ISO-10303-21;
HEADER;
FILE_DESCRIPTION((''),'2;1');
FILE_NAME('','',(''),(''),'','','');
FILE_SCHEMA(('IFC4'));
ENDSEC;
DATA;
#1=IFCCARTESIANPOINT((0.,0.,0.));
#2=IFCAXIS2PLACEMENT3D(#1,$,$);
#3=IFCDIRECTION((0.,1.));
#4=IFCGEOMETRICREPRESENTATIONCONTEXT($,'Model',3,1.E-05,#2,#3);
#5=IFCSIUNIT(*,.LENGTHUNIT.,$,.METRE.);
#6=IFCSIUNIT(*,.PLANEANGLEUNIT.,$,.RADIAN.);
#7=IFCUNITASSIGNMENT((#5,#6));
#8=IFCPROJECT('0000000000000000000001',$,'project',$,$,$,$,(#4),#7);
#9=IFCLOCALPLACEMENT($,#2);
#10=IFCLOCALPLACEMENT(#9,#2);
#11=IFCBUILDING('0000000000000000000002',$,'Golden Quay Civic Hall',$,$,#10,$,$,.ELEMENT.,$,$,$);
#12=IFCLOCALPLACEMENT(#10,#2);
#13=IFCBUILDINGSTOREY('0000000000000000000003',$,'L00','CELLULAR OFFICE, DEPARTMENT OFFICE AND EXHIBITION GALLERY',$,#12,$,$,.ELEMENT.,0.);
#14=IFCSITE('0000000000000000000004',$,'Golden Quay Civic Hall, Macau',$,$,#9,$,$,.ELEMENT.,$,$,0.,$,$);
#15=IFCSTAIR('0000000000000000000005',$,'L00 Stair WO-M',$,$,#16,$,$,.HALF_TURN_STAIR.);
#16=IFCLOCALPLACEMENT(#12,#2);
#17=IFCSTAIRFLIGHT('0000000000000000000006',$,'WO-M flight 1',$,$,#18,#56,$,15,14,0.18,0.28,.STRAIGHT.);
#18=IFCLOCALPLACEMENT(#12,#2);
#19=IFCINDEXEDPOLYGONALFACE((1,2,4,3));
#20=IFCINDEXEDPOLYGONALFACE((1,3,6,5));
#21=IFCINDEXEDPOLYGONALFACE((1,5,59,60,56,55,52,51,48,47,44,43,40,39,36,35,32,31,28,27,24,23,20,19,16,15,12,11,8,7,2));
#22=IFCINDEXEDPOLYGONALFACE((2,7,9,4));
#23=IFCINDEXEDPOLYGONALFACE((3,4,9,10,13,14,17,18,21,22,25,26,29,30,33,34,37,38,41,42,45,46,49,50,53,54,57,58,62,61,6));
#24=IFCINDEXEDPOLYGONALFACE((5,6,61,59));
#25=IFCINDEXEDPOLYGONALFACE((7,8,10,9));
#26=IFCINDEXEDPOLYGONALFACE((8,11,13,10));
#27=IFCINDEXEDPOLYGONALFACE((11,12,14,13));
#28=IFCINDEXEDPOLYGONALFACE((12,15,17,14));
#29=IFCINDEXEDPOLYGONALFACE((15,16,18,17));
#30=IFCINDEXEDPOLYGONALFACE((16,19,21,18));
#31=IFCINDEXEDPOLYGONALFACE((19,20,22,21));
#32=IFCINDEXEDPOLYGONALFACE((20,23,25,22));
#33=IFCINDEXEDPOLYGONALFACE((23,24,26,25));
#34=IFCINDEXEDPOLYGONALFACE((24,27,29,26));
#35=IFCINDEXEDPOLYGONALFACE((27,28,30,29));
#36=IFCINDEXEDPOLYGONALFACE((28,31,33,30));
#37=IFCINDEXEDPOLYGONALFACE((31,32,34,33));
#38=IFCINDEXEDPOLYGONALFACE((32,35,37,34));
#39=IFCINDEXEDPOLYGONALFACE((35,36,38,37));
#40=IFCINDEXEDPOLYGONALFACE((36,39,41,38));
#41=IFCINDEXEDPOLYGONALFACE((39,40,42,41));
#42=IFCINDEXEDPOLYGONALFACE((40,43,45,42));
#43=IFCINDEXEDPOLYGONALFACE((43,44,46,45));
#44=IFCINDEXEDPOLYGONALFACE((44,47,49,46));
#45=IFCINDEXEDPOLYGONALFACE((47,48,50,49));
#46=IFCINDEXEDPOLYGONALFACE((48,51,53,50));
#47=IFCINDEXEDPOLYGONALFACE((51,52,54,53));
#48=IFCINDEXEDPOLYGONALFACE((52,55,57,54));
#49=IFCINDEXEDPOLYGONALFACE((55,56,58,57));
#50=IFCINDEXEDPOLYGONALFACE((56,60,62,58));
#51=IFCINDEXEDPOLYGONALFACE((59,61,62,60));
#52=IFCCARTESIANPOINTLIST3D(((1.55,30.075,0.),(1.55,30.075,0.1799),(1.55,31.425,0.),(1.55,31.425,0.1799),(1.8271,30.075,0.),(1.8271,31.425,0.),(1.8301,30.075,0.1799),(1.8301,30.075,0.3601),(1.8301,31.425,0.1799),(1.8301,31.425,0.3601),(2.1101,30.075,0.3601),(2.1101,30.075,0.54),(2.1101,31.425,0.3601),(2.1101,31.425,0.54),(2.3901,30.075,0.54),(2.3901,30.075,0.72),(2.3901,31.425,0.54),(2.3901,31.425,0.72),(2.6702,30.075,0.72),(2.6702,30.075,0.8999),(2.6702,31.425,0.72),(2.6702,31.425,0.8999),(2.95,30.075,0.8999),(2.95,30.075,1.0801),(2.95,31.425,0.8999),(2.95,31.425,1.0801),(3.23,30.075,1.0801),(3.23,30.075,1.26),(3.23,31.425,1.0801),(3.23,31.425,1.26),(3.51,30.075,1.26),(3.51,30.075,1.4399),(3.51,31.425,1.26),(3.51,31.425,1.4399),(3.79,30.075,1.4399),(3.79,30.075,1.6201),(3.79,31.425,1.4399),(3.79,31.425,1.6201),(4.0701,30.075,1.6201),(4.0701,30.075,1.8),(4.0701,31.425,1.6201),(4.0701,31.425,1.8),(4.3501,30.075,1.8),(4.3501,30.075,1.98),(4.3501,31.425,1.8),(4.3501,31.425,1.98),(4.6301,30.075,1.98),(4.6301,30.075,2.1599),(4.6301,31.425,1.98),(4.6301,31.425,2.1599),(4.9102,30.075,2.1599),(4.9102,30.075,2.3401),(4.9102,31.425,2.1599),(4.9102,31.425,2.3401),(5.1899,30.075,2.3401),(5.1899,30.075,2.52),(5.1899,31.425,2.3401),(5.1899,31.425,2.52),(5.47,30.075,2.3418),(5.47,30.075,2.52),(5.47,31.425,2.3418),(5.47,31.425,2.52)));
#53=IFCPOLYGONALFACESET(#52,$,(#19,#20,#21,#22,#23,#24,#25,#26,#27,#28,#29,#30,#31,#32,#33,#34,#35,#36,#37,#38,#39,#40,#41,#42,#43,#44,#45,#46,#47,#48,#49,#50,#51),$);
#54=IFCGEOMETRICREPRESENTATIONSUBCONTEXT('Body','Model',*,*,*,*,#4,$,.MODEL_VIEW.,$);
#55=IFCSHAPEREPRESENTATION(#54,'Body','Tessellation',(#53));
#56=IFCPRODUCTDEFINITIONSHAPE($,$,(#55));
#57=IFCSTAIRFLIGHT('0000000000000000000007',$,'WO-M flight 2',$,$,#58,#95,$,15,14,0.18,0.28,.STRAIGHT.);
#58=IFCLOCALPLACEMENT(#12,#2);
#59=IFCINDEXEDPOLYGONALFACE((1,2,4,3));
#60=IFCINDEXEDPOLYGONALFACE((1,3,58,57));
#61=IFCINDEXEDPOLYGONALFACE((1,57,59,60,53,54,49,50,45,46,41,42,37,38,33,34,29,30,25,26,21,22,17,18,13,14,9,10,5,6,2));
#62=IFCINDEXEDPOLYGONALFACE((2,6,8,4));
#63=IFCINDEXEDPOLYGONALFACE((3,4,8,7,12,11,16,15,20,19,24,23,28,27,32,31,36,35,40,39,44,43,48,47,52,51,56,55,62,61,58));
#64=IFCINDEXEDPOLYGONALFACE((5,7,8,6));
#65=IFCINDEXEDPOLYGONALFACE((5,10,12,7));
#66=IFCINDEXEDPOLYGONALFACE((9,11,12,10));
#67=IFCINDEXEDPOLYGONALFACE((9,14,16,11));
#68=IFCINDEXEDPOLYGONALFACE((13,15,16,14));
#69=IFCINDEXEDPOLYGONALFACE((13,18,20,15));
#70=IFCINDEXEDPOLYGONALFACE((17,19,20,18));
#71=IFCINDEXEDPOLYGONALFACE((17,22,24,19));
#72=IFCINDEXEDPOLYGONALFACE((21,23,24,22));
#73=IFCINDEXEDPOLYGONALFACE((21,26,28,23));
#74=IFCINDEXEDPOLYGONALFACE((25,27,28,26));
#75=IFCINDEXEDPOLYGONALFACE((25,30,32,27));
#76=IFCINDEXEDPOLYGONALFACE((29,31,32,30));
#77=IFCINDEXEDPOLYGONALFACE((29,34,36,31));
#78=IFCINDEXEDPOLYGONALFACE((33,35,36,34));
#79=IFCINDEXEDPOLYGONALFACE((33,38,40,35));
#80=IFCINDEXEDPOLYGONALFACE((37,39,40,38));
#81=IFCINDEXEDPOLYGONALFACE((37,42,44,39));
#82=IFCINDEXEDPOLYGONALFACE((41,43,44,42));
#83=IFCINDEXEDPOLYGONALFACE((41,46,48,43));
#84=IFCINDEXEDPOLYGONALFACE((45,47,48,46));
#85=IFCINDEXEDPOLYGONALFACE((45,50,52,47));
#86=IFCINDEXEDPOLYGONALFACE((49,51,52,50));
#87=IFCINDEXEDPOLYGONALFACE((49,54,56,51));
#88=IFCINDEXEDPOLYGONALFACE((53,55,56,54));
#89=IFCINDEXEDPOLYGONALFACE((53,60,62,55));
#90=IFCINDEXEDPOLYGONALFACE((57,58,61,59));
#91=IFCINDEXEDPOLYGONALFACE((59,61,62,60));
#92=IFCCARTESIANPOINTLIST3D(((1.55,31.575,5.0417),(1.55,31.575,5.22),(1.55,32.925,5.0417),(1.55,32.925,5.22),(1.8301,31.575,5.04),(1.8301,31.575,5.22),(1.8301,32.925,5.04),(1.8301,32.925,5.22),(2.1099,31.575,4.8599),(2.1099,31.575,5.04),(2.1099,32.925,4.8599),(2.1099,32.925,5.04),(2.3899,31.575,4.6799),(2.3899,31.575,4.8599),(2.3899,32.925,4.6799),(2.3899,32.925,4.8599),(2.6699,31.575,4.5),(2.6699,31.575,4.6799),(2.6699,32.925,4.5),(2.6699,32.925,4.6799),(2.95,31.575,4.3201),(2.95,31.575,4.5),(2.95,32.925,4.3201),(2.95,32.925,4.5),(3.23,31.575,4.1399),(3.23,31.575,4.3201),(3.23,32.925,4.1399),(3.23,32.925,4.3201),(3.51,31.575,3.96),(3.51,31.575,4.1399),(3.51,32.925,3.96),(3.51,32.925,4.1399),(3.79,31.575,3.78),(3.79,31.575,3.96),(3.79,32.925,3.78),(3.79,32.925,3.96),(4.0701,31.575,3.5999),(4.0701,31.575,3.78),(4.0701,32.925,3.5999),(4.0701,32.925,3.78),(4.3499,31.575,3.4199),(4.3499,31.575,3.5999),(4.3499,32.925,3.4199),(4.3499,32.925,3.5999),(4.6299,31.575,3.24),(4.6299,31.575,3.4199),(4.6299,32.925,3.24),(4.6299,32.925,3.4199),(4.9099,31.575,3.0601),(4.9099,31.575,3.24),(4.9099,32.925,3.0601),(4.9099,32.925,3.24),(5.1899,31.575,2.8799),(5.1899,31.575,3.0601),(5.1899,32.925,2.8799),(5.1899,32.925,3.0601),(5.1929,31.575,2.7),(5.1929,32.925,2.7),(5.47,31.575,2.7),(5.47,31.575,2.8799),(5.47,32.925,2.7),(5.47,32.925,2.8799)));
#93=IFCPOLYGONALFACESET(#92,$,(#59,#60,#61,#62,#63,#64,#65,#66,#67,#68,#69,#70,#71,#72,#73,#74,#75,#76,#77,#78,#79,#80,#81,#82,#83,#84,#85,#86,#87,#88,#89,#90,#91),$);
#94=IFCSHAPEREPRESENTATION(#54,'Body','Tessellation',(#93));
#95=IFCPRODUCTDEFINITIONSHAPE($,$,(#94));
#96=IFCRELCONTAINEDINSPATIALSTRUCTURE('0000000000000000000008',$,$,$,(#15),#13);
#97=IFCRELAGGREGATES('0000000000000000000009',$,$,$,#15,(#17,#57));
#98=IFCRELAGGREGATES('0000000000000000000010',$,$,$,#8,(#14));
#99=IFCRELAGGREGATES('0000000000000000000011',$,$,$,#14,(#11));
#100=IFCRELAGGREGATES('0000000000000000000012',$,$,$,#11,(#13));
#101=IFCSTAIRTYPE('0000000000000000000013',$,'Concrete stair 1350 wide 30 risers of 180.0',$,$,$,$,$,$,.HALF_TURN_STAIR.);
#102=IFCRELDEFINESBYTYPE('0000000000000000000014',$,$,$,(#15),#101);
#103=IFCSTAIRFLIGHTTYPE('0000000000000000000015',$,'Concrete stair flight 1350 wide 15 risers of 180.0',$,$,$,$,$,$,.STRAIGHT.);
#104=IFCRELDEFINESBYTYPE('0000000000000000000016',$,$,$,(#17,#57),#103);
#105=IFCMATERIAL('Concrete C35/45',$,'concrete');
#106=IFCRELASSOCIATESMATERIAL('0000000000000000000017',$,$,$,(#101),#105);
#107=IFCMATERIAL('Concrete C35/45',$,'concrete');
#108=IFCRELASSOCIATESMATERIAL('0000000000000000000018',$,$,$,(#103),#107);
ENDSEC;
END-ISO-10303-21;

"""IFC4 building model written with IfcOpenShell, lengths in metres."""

from ifc_helpers import new_model, si_unit, direction, frame, origin, place, context, subcontext, project, spatial, polyline, outline, extrude, material, type_object, element, aggregate, save


model = new_model("IFC4")

# Units and contexts
model_context = context("Model", 3, precision=1e-05, world=origin(), true_north=direction((0.0, 1.0)))
body_context = subcontext(model_context, "Body", "Model", "MODEL_VIEW")
ifc_project = project(units=[si_unit("LENGTHUNIT", "METRE"), si_unit("PLANEANGLEUNIT", "RADIAN")], contexts=[model_context])

# Site, building, storey
site_placement = place(None, origin())
site = spatial("IfcSite", under=ifc_project, at=site_placement, Name="Golden Quay Civic Hall, Macau", CompositionType="ELEMENT", RefElevation=0.0)
building_placement = place(site_placement, origin())
building = spatial("IfcBuilding", under=site, at=building_placement, Name="Golden Quay Civic Hall", CompositionType="ELEMENT")
storey_placement = place(building_placement, origin())
storey = spatial("IfcBuildingStorey", under=building, at=storey_placement, Name="L00", Description="CELLULAR OFFICE, DEPARTMENT OFFICE AND EXHIBITION GALLERY", CompositionType="ELEMENT", Elevation=0.0)

# Stair, stair flights
ifc_material_1 = material(Name="Concrete C35/45", Category="concrete")
stair_type = type_object("IfcStairType", Name="Concrete stair 1350 wide 30 risers of 180.0", PredefinedType="HALF_TURN_STAIR", material=ifc_material_1)
stair_placement = place(storey_placement, origin())
stair = element("IfcStair", 1, at=stair_placement, inside=storey, type_object=stair_type, Name="L00 Stair WO-M", PredefinedType="HALF_TURN_STAIR")
ifc_material_2 = material(Name="Concrete C35/45", Category="concrete")
stair_flight_type = type_object("IfcStairFlightType", Name="Concrete stair flight 1350 wide 15 risers of 180.0", PredefinedType="STRAIGHT", material=ifc_material_2)
stair_flight_1_placement = place(storey_placement, frame((1.55, 30.75, 0.0), z_axis=(0.0, 0.0, 1.0), x_axis=(1.0, 0.0, 0.0)))
stair_flight_1 = element("IfcStairFlight", 2, at=stair_flight_1_placement, type_object=stair_flight_type, Name="WO-M flight 1", NumberOfRisers=15, NumberOfTreads=14, PredefinedType="STRAIGHT", RiserHeight=0.18, TreadLength=0.28, context=body_context, shape_type="SweptSolid", body=[
    extrude(outline(polyline([(0.0, 0.0), (0.0, 0.1799), (0.28, 0.1799), (0.28, 0.3601), (0.5601, 0.3601), (0.5601, 0.54), (0.8401, 0.54), (0.8401, 0.72), (1.1201, 0.72), (1.1201, 0.8999), (1.3999, 0.8999), (1.3999, 1.0801), (1.6799, 1.0801), (1.6799, 1.26), (1.96, 1.26), (1.96, 1.4399), (2.24, 1.4399), (2.24, 1.6201), (2.52, 1.6201), (2.52, 1.8), (2.8, 1.8), (2.8, 1.98), (3.0801, 1.98), (3.0801, 2.1599), (3.3601, 2.1599), (3.3601, 2.3401), (3.6399, 2.3401), (3.6399, 2.52), (3.9199, 2.52), (3.9199, 2.7), (3.9199, 2.3418), (0.2771, 0.0), (0.0, 0.0)])), frame((0.0, 0.675, 0.0), z_axis=(0.0, -1.0, 0.0), x_axis=(1.0, 0.0, 0.0)), (0.0, 0.0, 1.0), 1.35),
])
stair_flight_2_placement = place(storey_placement, frame((5.47, 32.25, 2.7), z_axis=(0.0, 0.0, 1.0), x_axis=(-1.0, 0.0, 0.0)))
stair_flight_2 = element("IfcStairFlight", 3, at=stair_flight_2_placement, type_object=stair_flight_type, Name="WO-M flight 2", NumberOfRisers=15, NumberOfTreads=14, PredefinedType="STRAIGHT", RiserHeight=0.18, TreadLength=0.28, context=body_context, shape_type="SweptSolid", body=[
    extrude(outline(polyline([(0.0, 0.0), (0.0, 0.1799), (0.28, 0.1799), (0.28, 0.3601), (0.5601, 0.3601), (0.5601, 0.54), (0.8401, 0.54), (0.8401, 0.72), (1.1201, 0.72), (1.1201, 0.8999), (1.3999, 0.8999), (1.3999, 1.0801), (1.6799, 1.0801), (1.6799, 1.26), (1.96, 1.26), (1.96, 1.4399), (2.24, 1.4399), (2.24, 1.6201), (2.52, 1.6201), (2.52, 1.8), (2.8, 1.8), (2.8, 1.98), (3.0801, 1.98), (3.0801, 2.1599), (3.3601, 2.1599), (3.3601, 2.3401), (3.6399, 2.3401), (3.6399, 2.52), (3.9199, 2.52), (3.9199, 2.7), (3.9199, 2.3418), (0.2771, 0.0), (0.0, 0.0)])), frame((0.0, 0.675, 0.0), z_axis=(0.0, -1.0, 0.0), x_axis=(1.0, 0.0, 0.0)), (0.0, 0.0, 1.0), 1.35),
])
aggregate(stair, [stair_flight_1, stair_flight_2])

save(model, "model.ifc")
